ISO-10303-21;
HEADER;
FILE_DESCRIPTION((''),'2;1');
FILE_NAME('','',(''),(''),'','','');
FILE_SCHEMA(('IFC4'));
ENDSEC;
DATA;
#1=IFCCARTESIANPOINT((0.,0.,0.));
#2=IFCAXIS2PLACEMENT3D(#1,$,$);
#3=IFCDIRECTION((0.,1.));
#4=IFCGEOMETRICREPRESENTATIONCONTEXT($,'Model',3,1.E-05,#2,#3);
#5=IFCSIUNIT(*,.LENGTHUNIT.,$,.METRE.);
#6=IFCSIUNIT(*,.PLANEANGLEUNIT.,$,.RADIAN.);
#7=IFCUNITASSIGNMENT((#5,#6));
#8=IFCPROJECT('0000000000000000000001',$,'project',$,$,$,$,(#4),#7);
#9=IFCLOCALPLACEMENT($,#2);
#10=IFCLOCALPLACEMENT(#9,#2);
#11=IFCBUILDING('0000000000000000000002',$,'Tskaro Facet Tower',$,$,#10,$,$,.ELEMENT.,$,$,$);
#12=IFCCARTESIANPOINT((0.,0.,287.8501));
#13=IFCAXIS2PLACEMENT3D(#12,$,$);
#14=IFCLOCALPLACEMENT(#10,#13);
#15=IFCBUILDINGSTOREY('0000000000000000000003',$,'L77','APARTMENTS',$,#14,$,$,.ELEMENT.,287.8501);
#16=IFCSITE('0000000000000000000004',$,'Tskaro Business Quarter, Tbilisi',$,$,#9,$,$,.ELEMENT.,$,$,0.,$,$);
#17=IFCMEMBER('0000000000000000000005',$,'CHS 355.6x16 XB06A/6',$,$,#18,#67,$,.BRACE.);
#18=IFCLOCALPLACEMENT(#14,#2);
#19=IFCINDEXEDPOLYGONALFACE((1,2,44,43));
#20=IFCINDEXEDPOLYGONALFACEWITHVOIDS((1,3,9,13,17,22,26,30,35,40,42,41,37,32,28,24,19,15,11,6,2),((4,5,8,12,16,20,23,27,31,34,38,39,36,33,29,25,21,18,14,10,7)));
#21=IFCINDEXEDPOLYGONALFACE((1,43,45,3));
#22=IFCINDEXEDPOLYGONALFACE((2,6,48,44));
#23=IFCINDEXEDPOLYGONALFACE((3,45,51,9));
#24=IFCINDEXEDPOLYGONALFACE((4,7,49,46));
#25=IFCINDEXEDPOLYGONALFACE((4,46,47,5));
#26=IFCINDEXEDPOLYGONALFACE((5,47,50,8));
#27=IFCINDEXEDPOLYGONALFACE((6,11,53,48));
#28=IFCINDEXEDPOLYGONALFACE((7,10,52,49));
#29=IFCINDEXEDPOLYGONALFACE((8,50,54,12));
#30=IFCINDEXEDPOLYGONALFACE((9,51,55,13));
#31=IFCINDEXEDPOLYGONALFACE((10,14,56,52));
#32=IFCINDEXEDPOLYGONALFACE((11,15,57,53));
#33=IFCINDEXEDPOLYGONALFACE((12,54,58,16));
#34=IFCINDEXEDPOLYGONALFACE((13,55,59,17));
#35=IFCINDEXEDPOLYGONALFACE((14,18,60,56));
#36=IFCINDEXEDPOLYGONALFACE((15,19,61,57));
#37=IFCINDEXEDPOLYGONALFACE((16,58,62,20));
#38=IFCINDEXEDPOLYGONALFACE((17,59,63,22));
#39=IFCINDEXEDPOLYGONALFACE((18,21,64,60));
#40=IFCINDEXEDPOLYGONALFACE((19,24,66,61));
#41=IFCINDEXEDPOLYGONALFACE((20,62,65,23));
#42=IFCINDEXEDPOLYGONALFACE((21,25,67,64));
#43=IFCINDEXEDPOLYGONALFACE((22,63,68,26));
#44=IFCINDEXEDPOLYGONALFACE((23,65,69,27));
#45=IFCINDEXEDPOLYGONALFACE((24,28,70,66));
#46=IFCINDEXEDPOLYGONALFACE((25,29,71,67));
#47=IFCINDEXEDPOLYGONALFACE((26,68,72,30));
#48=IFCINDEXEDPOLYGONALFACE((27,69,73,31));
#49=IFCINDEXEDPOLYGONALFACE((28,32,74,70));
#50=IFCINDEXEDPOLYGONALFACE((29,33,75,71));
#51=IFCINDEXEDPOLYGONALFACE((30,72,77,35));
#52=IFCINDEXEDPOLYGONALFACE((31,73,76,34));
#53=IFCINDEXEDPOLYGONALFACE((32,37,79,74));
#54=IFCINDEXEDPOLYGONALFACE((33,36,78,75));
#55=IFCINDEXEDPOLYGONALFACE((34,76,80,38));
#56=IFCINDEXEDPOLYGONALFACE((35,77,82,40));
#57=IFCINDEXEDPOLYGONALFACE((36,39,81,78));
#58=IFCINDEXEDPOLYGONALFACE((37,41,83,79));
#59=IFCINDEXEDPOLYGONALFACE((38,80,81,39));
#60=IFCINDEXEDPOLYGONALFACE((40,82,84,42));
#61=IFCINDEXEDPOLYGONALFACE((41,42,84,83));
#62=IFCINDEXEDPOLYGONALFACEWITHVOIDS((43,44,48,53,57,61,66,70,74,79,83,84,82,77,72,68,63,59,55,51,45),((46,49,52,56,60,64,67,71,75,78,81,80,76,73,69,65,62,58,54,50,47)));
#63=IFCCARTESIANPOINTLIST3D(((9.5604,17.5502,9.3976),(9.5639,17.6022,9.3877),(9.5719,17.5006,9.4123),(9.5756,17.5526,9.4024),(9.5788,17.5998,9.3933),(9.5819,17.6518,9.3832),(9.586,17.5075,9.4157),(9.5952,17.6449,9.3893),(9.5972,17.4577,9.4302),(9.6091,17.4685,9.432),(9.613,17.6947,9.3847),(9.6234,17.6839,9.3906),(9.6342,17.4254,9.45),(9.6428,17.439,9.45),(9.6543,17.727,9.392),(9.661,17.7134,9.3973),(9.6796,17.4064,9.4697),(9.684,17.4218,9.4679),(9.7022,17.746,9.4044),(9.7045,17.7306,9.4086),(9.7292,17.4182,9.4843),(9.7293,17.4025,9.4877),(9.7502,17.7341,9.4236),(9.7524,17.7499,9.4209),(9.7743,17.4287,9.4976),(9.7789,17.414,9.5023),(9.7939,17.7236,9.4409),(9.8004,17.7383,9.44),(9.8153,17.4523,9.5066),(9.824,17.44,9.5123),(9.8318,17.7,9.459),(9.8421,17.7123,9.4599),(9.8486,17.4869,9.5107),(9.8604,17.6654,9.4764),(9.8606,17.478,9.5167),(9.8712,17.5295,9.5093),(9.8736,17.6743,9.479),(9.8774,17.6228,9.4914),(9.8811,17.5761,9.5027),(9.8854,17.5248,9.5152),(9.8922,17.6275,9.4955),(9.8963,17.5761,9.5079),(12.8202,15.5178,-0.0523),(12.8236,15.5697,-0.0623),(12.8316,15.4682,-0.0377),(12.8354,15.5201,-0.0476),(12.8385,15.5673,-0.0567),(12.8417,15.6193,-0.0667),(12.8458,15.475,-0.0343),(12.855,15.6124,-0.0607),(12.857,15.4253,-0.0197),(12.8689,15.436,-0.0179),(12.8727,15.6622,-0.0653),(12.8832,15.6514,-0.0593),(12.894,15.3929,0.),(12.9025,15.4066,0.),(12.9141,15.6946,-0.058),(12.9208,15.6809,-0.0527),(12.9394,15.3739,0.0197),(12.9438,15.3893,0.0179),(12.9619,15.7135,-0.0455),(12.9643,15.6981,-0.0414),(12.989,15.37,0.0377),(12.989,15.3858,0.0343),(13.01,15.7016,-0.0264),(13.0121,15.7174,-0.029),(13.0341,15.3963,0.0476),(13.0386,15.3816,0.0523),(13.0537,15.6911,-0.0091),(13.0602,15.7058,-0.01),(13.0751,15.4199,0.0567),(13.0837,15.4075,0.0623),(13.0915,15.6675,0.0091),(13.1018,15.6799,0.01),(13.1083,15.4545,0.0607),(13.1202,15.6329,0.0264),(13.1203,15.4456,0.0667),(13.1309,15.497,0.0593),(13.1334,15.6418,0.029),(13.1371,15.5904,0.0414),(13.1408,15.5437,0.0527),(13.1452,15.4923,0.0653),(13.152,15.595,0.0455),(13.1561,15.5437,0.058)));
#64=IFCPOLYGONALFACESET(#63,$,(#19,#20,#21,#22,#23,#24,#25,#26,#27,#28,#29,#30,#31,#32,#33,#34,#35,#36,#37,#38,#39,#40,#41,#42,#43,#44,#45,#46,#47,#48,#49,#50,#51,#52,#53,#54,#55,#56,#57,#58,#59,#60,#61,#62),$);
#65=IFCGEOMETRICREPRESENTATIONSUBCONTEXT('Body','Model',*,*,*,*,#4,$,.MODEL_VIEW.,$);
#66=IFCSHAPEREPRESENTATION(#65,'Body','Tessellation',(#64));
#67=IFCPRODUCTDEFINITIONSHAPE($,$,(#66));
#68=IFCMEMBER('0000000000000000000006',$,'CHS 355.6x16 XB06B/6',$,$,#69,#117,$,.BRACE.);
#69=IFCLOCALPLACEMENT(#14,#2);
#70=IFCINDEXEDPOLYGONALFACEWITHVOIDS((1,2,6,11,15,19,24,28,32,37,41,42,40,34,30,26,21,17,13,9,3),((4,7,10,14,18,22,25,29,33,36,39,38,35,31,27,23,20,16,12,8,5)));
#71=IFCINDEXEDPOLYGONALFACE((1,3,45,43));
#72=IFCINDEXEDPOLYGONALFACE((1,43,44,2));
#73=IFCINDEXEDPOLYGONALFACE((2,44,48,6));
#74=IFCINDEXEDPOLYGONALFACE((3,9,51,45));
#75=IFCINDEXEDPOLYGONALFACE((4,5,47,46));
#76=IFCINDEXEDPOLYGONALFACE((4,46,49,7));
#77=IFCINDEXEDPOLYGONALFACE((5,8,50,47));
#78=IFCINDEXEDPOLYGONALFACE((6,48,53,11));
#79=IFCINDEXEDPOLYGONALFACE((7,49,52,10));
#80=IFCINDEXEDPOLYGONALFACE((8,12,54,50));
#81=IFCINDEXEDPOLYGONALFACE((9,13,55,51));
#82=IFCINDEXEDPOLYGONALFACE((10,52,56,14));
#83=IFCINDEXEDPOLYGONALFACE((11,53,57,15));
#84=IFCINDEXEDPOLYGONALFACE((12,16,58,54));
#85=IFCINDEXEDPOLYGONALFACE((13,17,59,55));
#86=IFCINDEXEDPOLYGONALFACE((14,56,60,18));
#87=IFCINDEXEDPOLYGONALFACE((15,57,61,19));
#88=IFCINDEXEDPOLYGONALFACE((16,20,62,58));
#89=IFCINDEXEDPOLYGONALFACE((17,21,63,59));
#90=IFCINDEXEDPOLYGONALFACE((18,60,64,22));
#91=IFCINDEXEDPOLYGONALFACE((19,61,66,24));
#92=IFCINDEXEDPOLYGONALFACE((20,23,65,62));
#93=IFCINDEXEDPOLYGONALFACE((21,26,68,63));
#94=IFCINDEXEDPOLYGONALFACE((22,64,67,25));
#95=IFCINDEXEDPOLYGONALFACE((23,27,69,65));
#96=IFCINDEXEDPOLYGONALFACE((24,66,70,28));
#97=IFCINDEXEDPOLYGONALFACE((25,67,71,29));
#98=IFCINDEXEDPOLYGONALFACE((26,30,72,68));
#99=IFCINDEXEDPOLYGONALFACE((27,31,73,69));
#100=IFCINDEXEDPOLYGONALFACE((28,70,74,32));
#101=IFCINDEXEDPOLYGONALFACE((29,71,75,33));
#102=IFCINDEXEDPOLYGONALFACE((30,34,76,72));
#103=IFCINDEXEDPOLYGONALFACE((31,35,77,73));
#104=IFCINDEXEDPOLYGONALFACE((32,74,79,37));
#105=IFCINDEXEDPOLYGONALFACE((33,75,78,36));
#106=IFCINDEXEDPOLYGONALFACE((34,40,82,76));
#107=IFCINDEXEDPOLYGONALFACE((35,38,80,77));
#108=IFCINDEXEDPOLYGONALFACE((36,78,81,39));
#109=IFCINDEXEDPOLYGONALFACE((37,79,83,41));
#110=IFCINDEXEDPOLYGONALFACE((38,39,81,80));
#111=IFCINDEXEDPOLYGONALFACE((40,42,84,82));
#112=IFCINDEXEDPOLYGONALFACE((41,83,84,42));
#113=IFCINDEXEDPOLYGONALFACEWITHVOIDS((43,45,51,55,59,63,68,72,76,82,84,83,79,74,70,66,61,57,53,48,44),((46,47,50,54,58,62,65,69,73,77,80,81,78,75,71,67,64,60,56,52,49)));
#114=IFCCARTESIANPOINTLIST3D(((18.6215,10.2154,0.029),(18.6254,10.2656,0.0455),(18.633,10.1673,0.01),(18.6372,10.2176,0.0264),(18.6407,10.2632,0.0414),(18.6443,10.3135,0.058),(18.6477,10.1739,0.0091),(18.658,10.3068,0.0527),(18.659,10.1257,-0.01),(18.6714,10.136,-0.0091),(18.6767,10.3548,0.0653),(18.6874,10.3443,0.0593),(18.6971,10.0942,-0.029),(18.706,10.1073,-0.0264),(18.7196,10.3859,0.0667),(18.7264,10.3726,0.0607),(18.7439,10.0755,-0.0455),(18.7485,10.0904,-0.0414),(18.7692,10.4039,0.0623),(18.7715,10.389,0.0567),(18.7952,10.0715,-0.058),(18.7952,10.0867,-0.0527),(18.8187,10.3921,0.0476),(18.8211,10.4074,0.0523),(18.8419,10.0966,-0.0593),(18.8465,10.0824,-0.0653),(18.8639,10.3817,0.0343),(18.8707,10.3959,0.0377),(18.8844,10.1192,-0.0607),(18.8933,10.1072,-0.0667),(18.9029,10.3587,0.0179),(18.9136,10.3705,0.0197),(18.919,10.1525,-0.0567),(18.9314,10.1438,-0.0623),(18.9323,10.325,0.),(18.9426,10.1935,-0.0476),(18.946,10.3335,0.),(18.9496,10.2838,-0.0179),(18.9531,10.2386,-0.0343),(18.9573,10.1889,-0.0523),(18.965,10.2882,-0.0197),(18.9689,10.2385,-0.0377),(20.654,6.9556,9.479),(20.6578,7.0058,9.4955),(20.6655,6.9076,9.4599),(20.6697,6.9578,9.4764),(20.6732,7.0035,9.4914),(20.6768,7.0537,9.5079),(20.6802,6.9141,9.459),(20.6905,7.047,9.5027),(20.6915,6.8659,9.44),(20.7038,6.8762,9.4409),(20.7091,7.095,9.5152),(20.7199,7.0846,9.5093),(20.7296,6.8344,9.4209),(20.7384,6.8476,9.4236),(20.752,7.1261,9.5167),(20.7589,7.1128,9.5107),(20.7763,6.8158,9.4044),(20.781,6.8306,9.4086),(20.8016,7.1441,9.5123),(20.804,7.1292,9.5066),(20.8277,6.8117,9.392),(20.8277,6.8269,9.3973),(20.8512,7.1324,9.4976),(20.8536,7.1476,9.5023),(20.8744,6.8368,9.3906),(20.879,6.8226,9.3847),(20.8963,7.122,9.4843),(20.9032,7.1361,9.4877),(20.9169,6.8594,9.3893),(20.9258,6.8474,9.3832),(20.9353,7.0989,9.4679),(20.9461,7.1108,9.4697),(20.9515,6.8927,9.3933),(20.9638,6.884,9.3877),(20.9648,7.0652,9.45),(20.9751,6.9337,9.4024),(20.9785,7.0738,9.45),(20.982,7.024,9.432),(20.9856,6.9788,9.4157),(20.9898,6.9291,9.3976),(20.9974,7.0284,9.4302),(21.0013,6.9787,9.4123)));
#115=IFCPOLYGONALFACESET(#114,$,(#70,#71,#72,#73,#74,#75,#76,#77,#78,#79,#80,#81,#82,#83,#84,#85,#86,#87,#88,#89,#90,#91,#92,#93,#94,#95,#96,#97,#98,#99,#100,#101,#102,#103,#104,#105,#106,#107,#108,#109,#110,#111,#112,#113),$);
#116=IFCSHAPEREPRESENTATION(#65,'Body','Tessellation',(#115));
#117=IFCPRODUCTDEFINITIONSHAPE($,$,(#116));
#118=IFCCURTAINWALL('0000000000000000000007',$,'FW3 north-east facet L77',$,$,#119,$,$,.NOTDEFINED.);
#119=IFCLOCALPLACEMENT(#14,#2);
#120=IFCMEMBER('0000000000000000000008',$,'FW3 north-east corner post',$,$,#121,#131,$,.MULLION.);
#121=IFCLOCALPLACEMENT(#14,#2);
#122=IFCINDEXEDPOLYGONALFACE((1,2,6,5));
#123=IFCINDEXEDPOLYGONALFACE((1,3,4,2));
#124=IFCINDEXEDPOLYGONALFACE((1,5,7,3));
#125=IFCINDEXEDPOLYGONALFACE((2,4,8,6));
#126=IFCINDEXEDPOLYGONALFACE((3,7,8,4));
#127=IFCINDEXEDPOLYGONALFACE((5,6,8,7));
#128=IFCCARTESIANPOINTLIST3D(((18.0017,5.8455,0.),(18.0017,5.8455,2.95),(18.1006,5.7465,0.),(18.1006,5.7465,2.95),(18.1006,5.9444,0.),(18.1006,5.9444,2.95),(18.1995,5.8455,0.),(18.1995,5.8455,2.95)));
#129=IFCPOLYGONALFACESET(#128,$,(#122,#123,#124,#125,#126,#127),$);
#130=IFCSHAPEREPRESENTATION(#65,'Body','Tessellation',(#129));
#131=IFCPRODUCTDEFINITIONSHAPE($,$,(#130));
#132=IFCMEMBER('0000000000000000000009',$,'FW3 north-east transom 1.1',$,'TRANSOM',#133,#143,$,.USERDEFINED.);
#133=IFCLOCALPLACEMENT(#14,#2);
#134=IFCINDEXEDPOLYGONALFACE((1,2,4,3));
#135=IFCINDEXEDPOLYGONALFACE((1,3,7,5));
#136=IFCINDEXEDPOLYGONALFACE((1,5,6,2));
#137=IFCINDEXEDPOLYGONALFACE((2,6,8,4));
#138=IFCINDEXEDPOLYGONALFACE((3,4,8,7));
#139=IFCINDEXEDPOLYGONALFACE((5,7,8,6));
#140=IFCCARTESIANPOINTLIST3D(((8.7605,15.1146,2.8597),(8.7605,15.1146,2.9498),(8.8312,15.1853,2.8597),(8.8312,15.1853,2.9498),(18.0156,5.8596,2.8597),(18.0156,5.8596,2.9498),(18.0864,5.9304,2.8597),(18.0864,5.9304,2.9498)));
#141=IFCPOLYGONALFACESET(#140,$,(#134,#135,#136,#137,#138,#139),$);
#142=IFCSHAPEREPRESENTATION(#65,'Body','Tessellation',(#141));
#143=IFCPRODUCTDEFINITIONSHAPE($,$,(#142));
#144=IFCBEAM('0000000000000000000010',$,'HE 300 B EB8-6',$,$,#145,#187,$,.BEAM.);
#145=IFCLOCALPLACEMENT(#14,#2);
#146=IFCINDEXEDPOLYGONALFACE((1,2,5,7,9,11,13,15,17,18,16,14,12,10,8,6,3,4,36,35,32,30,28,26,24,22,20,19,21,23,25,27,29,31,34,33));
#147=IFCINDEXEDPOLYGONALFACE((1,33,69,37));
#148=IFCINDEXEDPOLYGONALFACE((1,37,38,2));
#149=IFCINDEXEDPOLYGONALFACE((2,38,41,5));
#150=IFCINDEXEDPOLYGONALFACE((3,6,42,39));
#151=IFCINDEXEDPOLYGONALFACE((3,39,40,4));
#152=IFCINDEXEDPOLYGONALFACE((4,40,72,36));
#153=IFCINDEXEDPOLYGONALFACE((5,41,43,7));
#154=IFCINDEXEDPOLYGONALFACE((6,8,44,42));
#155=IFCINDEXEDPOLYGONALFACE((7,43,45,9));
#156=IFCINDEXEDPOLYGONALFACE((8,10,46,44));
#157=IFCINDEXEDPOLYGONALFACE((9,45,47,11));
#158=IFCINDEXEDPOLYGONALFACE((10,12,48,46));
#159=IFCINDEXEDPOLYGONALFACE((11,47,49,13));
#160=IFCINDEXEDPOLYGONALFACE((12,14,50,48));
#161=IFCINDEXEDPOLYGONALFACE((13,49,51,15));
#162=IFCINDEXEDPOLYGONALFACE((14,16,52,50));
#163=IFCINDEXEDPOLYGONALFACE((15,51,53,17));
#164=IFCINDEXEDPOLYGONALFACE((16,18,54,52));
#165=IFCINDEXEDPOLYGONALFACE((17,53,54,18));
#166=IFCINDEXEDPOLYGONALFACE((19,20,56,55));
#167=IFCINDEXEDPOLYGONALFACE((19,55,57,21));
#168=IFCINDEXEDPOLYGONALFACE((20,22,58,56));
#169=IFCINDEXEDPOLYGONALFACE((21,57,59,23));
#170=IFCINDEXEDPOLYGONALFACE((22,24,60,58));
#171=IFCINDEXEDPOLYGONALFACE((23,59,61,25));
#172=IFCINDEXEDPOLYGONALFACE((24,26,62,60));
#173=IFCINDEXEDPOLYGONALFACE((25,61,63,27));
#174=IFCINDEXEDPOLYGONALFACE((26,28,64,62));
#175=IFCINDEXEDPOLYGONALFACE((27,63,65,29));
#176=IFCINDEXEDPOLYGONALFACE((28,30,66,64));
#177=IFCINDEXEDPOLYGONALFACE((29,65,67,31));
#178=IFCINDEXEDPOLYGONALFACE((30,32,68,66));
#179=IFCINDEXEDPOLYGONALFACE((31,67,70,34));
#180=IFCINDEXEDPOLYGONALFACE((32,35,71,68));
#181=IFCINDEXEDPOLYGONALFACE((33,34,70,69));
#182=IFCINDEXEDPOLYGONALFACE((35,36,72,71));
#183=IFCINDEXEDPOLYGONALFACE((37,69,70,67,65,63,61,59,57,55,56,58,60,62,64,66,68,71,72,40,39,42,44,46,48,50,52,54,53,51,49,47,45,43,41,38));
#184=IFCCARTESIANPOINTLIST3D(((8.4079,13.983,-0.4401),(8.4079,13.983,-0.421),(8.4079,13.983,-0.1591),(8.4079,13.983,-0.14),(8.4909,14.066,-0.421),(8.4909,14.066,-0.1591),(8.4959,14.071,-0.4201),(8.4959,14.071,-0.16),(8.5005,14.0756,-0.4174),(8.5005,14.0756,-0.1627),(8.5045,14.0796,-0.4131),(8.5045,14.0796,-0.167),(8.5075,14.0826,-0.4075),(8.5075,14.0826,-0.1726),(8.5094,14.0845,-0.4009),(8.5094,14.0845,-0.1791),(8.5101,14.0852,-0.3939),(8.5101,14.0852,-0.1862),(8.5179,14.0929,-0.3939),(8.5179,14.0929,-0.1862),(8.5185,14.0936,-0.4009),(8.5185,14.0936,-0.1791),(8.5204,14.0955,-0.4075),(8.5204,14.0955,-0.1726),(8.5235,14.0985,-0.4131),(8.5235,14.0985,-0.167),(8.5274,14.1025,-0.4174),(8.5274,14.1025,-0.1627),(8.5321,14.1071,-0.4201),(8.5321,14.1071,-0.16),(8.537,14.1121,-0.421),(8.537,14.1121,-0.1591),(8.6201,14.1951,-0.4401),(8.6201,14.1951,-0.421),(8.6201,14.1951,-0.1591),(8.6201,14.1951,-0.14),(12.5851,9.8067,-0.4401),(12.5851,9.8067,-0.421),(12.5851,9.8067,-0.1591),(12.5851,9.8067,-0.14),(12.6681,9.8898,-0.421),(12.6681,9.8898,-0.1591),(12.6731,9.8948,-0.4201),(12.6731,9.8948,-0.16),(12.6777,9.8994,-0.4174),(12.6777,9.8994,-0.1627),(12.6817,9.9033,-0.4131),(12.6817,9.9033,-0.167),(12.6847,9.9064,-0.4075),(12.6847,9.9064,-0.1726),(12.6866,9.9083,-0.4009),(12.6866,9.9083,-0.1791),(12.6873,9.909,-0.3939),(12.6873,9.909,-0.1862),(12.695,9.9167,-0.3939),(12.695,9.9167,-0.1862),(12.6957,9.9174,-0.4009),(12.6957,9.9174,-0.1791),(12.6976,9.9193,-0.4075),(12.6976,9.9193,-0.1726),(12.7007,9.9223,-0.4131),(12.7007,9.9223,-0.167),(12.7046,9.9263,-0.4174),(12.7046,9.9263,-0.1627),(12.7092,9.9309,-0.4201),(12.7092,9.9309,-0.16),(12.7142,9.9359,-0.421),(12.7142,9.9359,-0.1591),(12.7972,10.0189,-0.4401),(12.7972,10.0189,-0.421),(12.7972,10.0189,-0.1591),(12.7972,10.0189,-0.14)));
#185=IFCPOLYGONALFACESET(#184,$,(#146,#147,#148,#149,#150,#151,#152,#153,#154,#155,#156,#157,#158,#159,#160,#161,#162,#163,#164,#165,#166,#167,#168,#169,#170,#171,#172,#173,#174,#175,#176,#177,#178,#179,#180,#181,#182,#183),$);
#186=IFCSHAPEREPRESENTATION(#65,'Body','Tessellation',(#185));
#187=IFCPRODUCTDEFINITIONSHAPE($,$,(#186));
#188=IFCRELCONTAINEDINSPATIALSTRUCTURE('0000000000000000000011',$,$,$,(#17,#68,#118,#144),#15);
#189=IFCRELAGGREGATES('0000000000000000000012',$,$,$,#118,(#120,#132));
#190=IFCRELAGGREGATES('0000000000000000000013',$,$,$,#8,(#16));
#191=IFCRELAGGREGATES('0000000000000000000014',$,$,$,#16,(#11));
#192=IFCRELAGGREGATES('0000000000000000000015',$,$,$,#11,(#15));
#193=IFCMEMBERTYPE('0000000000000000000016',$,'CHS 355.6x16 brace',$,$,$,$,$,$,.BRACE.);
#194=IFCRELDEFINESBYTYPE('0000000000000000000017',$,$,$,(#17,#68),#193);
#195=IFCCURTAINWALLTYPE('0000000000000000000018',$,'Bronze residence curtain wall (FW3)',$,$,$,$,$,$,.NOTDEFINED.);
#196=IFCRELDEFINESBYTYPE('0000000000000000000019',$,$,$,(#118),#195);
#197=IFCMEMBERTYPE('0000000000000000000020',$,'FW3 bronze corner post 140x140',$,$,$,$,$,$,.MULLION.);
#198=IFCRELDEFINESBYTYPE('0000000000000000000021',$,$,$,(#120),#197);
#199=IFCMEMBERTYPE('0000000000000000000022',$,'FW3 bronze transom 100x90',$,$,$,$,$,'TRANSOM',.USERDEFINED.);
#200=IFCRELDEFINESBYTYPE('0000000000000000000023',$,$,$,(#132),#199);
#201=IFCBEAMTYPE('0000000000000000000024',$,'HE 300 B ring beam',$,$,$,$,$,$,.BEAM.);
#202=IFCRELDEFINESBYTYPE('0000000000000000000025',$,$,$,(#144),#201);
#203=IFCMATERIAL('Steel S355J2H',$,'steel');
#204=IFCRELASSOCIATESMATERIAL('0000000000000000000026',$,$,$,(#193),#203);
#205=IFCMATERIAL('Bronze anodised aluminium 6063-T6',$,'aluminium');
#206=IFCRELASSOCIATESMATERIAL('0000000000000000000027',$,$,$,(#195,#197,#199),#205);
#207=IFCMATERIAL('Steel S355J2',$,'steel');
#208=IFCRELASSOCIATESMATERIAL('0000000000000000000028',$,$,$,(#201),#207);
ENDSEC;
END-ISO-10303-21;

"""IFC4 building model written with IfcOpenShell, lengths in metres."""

from ifc_helpers import new_model, si_unit, direction, frame, origin, origin_2d, place, context, subcontext, project, spatial, rectangle, hollow_circle, i_section, extrude, material, material_profile, profile_set, type_object, element, aggregate, save


model = new_model("IFC4")

# Units and contexts
model_context = context("Model", 3, precision=1e-05, world=origin(), true_north=direction((0.0, 1.0)))
body_context = subcontext(model_context, "Body", "Model", "MODEL_VIEW")
ifc_project = project(units=[si_unit("LENGTHUNIT", "METRE"), si_unit("PLANEANGLEUNIT", "RADIAN")], contexts=[model_context])

# Site, building, storey
site_placement = place(None, origin())
site = spatial("IfcSite", under=ifc_project, at=site_placement, Name="Tskaro Business Quarter, Tbilisi", CompositionType="ELEMENT", RefElevation=0.0)
building_placement = place(site_placement, origin())
building = spatial("IfcBuilding", under=site, at=building_placement, Name="Tskaro Facet Tower", CompositionType="ELEMENT")
storey_placement = place(building_placement, frame((0.0, 0.0, 287.8501)))
storey = spatial("IfcBuildingStorey", under=building, at=storey_placement, Name="L77", Description="APARTMENTS", CompositionType="ELEMENT", Elevation=287.8501)

# Shared definitions
ifc_material_1 = material(Name="Steel S355J2", Category="steel")
ifc_material_2 = material(Name="Steel S355J2H", Category="steel")

# Members
ifc_material_profile_1 = material_profile(ifc_material_2, hollow_circle(Radius=0.1777, WallThickness=0.0161, at=origin_2d()), Name="CHS 355.6x16")
ifc_profile_set_1 = profile_set([ifc_material_profile_1], Name="Steel S355J2H")
member_type_1 = type_object("IfcMemberType", Name="CHS 355.6x16 brace", PredefinedType="BRACE", material=ifc_profile_set_1)
for number, where, z_axis, x_axis, name in (
    (1, (12.988, 15.5437, 0.0), (-0.319556, 0.199244, 0.926383), (-0.529085, -0.848569, 0.0), "CHS 355.6x16 XB06A/6"),
    (2, (18.7952, 10.2395, 0.0), (0.199244, -0.319556, 0.926383), (0.848569, 0.529085, 0.0), "CHS 355.6x16 XB06B/6"),
):
    element("IfcMember", number, at=place(storey_placement, frame(where, z_axis=z_axis, x_axis=x_axis)), inside=storey, type_object=member_type_1, Name=name, PredefinedType="BRACE", context=body_context, shape_type="SweptSolid", body=[
        extrude(hollow_circle(Radius=0.1777, WallThickness=0.0161, at=origin_2d()), origin(), (0.0, 0.0, 1.0), 10.2009),
    ])

# Curtain wall, members
ifc_material_3 = material(Name="Bronze anodised aluminium 6063-T6", Category="aluminium")
curtain_wall_type = type_object("IfcCurtainWallType", Name="Bronze residence curtain wall (FW3)", PredefinedType="NOTDEFINED", material=ifc_material_3)
curtain_wall_placement = place(storey_placement, origin())
curtain_wall = element("IfcCurtainWall", 3, at=curtain_wall_placement, inside=storey, type_object=curtain_wall_type, Name="FW3 north-east facet L77", PredefinedType="NOTDEFINED")
ifc_material_profile_2 = material_profile(ifc_material_3, rectangle(XDim=0.1399, YDim=0.1399, at=origin_2d()), Name="Corner post 140x140")
ifc_profile_set_2 = profile_set([ifc_material_profile_2], Name="Bronze anodised aluminium 6063-T6")
member_type_2 = type_object("IfcMemberType", Name="FW3 bronze corner post 140x140", PredefinedType="MULLION", material=ifc_profile_set_2)
member_1_placement = place(storey_placement, frame((18.1006, 5.8455, 0.0), z_axis=(0.0, 0.0, 1.0), x_axis=(-0.707107, 0.707107, 0.0)))
member_1 = element("IfcMember", 4, at=member_1_placement, type_object=member_type_2, Name="FW3 north-east corner post", PredefinedType="MULLION", context=body_context, shape_type="SweptSolid", body=[
    extrude(rectangle(XDim=0.1399, YDim=0.1399, at=origin_2d()), origin(), (0.0, 0.0, 1.0), 2.95),
])
ifc_material_profile_3 = material_profile(ifc_material_3, rectangle(XDim=0.1001, YDim=0.0901, at=origin_2d()), Name="Transom 100x90")
ifc_profile_set_3 = profile_set([ifc_material_profile_3], Name="Bronze anodised aluminium 6063-T6")
member_type_3 = type_object("IfcMemberType", Name="FW3 bronze transom 100x90", ElementType="TRANSOM", PredefinedType="USERDEFINED", material=ifc_profile_set_3)
member_2_placement = place(storey_placement, frame((18.051, 5.895, 2.9048), z_axis=(-0.707116, 0.707097, 0.0), x_axis=(-0.707097, -0.707116, 0.0)))
member_2 = element("IfcMember", 5, at=member_2_placement, type_object=member_type_3, Name="FW3 north-east transom 1.1", ObjectType="TRANSOM", PredefinedType="USERDEFINED", context=body_context, shape_type="SweptSolid", body=[
    extrude(rectangle(XDim=0.1001, YDim=0.0901, at=origin_2d()), origin(), (0.0, 0.0, 1.0), 13.0886),
])

# Beam
ifc_material_profile_4 = material_profile(ifc_material_1, i_section(OverallWidth=0.3, OverallDepth=0.3, WebThickness=0.011, FlangeThickness=0.019, FilletRadius=0.0271, at=origin_2d()), Name="HE 300 B")
ifc_profile_set_4 = profile_set([ifc_material_profile_4], Name="Steel S355J2")
beam_type_1 = type_object("IfcBeamType", Name="HE 300 B ring beam", PredefinedType="BEAM", material=ifc_profile_set_4)
beam_1_placement = place(storey_placement, frame((12.6912, 9.9128, -0.29), z_axis=(-0.707189, 0.707024, 0.0), x_axis=(-0.707024, -0.707189, 0.0)))
element("IfcBeam", 6, at=beam_1_placement, inside=storey, type_object=beam_type_1, Name="HE 300 B EB8-6", PredefinedType="BEAM", context=body_context, shape_type="SweptSolid", body=[
    extrude(i_section(OverallWidth=0.3, OverallDepth=0.3, WebThickness=0.011, FlangeThickness=0.019, FilletRadius=0.0271, at=origin_2d()), origin(), (0.0, 0.0, 1.0), 5.9067),
])

aggregate(curtain_wall, [member_1, member_2])

save(model, "model.ifc")
